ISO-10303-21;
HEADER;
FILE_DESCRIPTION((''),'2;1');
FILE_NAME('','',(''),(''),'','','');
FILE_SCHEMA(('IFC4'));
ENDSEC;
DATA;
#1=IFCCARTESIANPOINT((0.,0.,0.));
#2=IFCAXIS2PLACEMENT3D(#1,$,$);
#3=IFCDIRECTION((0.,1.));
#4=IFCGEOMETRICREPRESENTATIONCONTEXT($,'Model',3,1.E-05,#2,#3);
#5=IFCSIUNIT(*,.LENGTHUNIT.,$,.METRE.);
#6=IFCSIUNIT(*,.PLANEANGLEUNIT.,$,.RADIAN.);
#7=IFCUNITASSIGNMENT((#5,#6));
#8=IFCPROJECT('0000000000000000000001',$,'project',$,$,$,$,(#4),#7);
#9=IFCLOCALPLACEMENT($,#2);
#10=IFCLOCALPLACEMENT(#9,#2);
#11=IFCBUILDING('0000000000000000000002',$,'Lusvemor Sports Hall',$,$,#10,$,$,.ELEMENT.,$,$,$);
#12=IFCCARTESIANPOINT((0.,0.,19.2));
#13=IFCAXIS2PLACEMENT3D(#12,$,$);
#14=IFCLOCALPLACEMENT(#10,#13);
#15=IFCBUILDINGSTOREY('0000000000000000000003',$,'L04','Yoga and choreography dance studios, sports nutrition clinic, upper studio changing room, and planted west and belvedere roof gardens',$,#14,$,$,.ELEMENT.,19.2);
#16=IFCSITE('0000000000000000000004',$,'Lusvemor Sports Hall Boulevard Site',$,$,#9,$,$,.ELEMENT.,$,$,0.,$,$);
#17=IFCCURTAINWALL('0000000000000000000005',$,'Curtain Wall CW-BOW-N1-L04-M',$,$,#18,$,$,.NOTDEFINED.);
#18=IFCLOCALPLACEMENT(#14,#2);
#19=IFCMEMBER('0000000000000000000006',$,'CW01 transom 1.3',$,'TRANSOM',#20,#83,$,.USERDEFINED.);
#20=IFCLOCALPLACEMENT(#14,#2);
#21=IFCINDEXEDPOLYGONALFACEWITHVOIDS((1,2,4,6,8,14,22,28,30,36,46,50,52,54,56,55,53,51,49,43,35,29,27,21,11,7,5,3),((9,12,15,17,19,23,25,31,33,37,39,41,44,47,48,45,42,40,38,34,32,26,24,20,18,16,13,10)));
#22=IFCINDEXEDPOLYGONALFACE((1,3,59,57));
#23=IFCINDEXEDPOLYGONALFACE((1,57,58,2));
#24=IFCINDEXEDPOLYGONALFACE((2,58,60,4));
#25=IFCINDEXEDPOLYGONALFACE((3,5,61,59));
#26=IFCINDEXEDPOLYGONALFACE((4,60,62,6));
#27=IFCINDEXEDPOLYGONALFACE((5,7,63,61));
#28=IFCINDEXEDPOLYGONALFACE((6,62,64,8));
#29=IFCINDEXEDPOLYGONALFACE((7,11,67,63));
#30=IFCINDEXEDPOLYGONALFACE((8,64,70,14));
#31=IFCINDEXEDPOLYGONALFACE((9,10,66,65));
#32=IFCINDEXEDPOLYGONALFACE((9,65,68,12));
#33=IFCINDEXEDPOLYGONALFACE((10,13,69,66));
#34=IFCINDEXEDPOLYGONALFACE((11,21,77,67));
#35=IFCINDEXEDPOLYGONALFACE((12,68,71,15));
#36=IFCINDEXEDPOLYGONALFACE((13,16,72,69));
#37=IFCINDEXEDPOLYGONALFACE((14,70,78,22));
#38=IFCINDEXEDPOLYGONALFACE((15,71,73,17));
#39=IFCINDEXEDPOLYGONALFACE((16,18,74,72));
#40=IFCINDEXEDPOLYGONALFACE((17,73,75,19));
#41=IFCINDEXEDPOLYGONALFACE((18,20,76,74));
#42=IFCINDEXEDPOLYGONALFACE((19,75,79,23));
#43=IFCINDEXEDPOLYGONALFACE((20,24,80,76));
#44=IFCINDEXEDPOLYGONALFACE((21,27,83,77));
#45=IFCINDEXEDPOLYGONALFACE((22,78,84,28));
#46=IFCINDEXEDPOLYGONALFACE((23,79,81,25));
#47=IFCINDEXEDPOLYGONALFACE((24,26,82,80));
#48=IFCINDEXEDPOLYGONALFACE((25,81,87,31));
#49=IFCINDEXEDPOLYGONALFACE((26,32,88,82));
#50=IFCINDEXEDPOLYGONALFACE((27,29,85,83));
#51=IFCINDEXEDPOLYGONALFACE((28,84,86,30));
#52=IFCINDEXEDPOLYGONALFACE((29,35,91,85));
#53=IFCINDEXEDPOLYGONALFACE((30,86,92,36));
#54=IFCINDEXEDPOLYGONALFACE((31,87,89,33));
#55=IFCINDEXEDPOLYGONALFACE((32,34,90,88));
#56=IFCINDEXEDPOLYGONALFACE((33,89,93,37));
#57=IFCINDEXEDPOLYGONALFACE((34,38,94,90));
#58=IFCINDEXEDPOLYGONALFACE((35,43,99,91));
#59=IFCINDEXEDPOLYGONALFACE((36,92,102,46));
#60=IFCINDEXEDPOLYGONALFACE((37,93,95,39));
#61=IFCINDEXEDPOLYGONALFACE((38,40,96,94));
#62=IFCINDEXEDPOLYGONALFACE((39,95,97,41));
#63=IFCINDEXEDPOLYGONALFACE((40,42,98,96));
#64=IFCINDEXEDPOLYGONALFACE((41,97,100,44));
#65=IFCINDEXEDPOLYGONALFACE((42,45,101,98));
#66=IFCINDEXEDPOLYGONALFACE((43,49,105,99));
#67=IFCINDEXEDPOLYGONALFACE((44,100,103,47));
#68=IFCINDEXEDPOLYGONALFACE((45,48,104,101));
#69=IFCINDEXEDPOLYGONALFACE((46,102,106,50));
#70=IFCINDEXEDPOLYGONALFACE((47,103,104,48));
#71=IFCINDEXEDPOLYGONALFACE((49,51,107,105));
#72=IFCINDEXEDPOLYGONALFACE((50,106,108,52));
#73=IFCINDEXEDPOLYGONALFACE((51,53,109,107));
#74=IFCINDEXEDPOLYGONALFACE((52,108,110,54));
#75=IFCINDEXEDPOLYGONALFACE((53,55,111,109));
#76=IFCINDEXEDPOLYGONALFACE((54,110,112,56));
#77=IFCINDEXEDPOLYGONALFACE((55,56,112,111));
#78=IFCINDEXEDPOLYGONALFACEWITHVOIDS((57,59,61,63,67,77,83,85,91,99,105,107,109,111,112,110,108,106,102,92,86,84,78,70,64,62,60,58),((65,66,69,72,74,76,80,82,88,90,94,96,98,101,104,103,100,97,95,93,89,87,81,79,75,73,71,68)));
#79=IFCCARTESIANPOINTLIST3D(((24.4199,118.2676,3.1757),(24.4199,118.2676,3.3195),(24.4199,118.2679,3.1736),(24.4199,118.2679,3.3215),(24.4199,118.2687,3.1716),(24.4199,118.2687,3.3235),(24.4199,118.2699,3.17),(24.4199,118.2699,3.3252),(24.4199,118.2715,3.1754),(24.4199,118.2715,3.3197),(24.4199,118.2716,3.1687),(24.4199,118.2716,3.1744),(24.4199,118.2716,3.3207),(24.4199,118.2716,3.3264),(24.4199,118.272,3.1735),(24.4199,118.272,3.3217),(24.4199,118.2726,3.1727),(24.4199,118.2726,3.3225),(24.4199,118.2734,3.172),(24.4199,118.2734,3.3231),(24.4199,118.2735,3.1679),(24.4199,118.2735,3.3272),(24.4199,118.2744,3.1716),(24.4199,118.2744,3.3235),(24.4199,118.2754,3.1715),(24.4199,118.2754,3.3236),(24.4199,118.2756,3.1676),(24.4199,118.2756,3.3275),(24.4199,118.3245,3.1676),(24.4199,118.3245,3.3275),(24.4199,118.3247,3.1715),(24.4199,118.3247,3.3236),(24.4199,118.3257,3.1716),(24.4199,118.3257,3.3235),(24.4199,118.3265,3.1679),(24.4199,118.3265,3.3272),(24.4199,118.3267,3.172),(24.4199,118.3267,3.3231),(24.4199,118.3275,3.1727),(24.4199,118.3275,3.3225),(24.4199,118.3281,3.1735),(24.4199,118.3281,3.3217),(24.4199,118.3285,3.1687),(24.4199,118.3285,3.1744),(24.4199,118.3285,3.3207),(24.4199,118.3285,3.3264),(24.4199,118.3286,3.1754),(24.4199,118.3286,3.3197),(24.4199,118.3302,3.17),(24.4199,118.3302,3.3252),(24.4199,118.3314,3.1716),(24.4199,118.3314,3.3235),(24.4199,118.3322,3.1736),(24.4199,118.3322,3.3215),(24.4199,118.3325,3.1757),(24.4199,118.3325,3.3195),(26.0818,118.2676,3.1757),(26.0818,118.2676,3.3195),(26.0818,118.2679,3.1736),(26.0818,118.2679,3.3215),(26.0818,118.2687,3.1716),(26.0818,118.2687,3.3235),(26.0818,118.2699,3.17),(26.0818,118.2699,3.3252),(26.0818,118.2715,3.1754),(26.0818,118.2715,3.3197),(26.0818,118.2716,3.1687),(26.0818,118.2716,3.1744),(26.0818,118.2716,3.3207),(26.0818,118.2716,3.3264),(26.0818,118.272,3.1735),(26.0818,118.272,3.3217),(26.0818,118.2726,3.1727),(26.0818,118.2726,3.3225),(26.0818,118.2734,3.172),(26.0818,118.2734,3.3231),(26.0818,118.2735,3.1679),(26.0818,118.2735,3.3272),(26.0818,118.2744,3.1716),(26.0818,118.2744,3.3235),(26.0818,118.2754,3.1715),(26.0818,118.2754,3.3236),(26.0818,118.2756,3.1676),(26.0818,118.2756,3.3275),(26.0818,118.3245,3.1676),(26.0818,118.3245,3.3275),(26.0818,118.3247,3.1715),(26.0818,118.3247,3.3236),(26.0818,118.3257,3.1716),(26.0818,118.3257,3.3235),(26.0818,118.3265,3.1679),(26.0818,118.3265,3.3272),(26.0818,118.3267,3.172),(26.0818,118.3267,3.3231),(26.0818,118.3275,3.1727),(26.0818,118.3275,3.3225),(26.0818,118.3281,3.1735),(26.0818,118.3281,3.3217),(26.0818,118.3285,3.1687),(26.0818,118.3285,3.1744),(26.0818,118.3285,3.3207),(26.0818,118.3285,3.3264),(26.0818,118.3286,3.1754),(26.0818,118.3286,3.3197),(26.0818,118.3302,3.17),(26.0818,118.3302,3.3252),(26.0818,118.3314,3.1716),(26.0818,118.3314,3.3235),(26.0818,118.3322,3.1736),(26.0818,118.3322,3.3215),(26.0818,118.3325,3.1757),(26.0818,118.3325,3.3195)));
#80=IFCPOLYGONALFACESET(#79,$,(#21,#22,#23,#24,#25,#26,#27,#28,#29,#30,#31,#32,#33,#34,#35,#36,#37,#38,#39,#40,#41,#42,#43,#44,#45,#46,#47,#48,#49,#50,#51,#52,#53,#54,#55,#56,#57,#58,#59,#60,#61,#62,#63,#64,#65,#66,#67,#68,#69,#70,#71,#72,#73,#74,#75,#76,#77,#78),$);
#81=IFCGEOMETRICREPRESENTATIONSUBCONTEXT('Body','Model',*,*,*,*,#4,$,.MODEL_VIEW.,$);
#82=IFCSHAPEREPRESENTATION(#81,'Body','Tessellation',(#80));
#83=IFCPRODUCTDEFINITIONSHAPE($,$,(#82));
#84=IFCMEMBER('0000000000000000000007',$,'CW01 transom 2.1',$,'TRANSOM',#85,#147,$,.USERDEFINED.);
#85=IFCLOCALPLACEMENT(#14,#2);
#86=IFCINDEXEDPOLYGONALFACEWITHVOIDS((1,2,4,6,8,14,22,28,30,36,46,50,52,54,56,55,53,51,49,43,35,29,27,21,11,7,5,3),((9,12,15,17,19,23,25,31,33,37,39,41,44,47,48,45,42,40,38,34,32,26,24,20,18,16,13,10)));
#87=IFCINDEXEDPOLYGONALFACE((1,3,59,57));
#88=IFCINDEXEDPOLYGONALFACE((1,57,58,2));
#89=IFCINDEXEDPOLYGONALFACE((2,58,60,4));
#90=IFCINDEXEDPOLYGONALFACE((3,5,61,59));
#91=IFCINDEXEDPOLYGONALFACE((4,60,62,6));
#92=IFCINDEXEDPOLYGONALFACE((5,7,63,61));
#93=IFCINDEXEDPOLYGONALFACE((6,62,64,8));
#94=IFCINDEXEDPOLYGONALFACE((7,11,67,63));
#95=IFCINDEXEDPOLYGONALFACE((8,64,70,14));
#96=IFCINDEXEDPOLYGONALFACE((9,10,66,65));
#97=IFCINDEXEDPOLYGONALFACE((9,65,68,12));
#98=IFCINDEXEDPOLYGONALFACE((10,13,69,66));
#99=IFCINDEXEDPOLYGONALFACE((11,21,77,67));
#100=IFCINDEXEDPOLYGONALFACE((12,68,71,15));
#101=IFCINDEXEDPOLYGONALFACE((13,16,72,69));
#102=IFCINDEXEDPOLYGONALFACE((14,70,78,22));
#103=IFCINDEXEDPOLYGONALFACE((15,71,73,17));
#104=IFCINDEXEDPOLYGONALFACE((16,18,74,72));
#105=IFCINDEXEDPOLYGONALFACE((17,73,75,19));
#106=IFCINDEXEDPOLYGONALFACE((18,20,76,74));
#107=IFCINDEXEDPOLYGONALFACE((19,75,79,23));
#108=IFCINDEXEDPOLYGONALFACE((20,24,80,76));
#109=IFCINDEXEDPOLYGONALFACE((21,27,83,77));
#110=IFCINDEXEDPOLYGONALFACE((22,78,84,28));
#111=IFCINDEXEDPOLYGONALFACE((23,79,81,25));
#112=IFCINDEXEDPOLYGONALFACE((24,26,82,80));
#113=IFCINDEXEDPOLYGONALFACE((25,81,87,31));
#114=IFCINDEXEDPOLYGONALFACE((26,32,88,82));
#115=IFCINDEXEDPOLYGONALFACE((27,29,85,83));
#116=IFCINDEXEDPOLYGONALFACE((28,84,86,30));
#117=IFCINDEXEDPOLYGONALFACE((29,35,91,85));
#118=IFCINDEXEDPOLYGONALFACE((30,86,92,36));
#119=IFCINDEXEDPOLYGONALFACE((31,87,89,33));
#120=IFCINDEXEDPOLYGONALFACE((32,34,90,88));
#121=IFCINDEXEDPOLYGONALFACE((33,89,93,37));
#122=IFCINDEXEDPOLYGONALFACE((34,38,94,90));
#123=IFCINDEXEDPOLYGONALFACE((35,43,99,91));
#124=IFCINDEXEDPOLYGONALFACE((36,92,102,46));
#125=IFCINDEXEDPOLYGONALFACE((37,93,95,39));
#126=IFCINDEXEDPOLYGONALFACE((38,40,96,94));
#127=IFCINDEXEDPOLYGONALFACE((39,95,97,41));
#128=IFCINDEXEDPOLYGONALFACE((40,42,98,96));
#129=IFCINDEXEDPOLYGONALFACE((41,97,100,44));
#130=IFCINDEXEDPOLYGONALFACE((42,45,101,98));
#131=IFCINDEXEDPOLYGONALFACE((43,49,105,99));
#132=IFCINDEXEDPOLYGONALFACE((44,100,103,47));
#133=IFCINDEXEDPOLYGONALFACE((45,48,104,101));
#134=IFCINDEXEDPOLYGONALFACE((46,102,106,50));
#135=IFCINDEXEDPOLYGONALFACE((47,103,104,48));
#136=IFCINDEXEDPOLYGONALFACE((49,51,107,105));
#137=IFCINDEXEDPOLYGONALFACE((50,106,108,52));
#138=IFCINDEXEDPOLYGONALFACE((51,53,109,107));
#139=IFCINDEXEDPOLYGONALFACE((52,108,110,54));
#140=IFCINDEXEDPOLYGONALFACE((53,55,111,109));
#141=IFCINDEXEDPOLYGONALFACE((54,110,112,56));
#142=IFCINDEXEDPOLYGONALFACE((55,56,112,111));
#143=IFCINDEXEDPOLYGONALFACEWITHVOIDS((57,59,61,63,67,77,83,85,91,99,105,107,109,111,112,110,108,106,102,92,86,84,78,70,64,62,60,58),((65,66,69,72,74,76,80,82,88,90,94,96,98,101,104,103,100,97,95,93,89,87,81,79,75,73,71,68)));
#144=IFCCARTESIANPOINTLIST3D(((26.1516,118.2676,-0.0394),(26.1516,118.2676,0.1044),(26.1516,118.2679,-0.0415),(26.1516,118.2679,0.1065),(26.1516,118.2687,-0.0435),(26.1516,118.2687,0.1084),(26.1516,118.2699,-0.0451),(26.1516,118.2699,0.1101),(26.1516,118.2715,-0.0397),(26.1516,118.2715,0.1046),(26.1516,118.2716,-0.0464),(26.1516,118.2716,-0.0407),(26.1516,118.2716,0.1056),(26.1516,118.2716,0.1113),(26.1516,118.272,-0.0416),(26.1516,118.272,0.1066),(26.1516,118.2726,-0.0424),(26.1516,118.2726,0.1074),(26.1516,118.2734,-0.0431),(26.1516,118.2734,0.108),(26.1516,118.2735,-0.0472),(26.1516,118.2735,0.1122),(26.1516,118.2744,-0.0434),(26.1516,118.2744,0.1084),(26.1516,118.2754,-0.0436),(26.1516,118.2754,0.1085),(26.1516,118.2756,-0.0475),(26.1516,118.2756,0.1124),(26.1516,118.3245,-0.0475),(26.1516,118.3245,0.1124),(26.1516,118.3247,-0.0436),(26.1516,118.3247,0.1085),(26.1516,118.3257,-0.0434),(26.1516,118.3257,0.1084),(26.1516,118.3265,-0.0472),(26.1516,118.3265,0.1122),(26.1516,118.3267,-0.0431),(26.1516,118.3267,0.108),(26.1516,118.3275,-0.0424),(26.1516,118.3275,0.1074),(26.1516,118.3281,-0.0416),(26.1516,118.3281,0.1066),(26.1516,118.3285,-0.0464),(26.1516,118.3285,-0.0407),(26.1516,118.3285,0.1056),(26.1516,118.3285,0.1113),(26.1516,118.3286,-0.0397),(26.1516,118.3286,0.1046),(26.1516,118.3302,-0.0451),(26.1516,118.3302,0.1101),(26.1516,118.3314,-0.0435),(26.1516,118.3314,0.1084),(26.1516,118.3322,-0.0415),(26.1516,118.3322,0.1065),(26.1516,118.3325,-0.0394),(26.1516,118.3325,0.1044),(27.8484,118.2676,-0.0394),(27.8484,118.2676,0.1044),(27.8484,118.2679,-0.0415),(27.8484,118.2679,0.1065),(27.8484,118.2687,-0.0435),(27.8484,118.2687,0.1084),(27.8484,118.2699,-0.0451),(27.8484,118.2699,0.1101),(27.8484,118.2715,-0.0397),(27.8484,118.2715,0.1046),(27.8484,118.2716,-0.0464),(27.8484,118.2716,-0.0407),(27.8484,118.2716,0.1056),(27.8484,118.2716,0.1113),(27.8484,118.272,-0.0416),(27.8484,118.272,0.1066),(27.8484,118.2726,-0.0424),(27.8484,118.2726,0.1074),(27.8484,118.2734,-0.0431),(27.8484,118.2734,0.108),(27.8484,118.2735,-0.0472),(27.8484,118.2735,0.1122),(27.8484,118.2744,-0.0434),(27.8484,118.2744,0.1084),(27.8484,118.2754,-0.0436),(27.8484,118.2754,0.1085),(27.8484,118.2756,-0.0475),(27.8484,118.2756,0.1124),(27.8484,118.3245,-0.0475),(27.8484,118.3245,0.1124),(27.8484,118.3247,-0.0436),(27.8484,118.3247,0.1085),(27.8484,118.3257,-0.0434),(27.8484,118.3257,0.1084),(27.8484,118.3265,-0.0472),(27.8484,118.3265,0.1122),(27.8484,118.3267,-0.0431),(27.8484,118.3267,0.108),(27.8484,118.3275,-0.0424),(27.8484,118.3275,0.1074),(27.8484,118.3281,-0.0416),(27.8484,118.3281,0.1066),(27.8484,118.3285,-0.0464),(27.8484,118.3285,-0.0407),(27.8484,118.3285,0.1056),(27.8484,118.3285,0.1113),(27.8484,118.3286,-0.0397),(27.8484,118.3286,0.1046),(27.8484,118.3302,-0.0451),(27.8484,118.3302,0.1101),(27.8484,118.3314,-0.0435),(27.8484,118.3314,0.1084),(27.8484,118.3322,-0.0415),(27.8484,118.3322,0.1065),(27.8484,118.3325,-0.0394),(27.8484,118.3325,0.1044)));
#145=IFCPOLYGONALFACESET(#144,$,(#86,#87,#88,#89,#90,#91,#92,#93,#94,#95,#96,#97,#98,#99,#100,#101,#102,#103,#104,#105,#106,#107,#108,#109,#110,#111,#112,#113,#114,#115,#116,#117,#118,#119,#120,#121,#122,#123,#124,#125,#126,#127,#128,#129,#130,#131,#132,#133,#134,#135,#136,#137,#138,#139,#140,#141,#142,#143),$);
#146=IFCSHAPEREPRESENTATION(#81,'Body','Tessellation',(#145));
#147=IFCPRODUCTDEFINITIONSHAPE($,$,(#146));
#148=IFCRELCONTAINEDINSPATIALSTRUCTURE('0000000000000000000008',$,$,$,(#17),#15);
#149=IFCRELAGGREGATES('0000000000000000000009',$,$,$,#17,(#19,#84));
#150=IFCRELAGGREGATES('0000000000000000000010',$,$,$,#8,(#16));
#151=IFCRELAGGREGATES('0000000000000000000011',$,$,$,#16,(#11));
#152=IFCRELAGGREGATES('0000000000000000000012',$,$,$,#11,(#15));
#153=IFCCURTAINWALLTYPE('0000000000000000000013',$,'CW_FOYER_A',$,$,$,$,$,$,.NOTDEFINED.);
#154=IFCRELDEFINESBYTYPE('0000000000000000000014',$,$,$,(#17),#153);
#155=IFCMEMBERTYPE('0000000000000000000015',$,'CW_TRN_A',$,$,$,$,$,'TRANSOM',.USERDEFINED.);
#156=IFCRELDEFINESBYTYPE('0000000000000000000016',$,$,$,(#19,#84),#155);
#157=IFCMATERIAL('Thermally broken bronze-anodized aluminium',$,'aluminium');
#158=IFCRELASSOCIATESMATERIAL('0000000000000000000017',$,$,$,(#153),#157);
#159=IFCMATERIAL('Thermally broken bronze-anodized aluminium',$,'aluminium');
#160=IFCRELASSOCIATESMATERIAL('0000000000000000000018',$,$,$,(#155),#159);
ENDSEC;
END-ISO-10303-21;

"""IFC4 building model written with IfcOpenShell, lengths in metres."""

from ifc_helpers import new_model, si_unit, direction, frame, origin, origin_2d, place, context, subcontext, project, spatial, hollow_rectangle, extrude, material, material_profile, profile_set, type_object, element, aggregate, save


model = new_model("IFC4")

# Units and contexts
model_context = context("Model", 3, precision=1e-05, world=origin(), true_north=direction((0.0, 1.0)))
body_context = subcontext(model_context, "Body", "Model", "MODEL_VIEW")
ifc_project = project(units=[si_unit("LENGTHUNIT", "METRE"), si_unit("PLANEANGLEUNIT", "RADIAN")], contexts=[model_context])

# Site, building, storey
site_placement = place(None, origin())
site = spatial("IfcSite", under=ifc_project, at=site_placement, Name="Lusvemor Sports Hall Boulevard Site", CompositionType="ELEMENT", RefElevation=0.0)
building_placement = place(site_placement, origin())
building = spatial("IfcBuilding", under=site, at=building_placement, Name="Lusvemor Sports Hall", CompositionType="ELEMENT")
storey_placement = place(building_placement, frame((0.0, 0.0, 19.2)))
storey = spatial("IfcBuildingStorey", under=building, at=storey_placement, Name="L04", Description="Yoga and choreography dance studios, sports nutrition clinic, upper studio changing room, and planted west and belvedere roof gardens", CompositionType="ELEMENT", Elevation=19.2)

# Curtain wall
ifc_material_1 = material(Name="Thermally broken bronze-anodized aluminium", Category="aluminium")
curtain_wall_type_1 = type_object("IfcCurtainWallType", Name="CW_FOYER_A", PredefinedType="NOTDEFINED", material=ifc_material_1)
curtain_wall_1_placement = place(storey_placement, origin())
curtain_wall_1 = element("IfcCurtainWall", 1, at=curtain_wall_1_placement, inside=storey, type_object=curtain_wall_type_1, Name="Curtain Wall CW-BOW-N1-L04-M", PredefinedType="NOTDEFINED")

# Members
ifc_material_2 = material(Name="Thermally broken bronze-anodized aluminium", Category="aluminium")
ifc_material_profile_1 = material_profile(ifc_material_2, hollow_rectangle(XDim=0.0649, YDim=0.1599, WallThickness=0.0039, InnerFilletRadius=0.0039, OuterFilletRadius=0.0081, at=origin_2d()), Name="CWTRN160x65x4")
ifc_profile_set_1 = profile_set([ifc_material_profile_1], Name="Thermally broken bronze-anodized aluminium")
member_type_1 = type_object("IfcMemberType", Name="CW_TRN_A", ElementType="TRANSOM", PredefinedType="USERDEFINED", material=ifc_profile_set_1)
member_1_placement = place(storey_placement, frame((24.4199, 118.3, 3.2476), z_axis=(1.0, 0.0, 0.0), x_axis=(0.0, 1.0, 0.0)))
member_1 = element("IfcMember", 2, at=member_1_placement, type_object=member_type_1, Name="CW01 transom 1.3", ObjectType="TRANSOM", PredefinedType="USERDEFINED", context=body_context, shape_type="SweptSolid", body=[
    extrude(hollow_rectangle(XDim=0.0649, YDim=0.1599, WallThickness=0.0039, InnerFilletRadius=0.0039, OuterFilletRadius=0.0081, at=origin_2d()), origin(), (0.0, 0.0, 1.0), 1.6619),
])
member_2_placement = place(storey_placement, frame((26.1516, 118.3, 0.0325), z_axis=(1.0, 0.0, 0.0), x_axis=(0.0, 1.0, 0.0)))
member_2 = element("IfcMember", 3, at=member_2_placement, type_object=member_type_1, Name="CW01 transom 2.1", ObjectType="TRANSOM", PredefinedType="USERDEFINED", context=body_context, shape_type="SweptSolid", body=[
    extrude(hollow_rectangle(XDim=0.0649, YDim=0.1599, WallThickness=0.0039, InnerFilletRadius=0.0039, OuterFilletRadius=0.0081, at=origin_2d()), origin(), (0.0, 0.0, 1.0), 1.6968),
])

aggregate(curtain_wall_1, [member_1, member_2])

save(model, "model.ifc")
